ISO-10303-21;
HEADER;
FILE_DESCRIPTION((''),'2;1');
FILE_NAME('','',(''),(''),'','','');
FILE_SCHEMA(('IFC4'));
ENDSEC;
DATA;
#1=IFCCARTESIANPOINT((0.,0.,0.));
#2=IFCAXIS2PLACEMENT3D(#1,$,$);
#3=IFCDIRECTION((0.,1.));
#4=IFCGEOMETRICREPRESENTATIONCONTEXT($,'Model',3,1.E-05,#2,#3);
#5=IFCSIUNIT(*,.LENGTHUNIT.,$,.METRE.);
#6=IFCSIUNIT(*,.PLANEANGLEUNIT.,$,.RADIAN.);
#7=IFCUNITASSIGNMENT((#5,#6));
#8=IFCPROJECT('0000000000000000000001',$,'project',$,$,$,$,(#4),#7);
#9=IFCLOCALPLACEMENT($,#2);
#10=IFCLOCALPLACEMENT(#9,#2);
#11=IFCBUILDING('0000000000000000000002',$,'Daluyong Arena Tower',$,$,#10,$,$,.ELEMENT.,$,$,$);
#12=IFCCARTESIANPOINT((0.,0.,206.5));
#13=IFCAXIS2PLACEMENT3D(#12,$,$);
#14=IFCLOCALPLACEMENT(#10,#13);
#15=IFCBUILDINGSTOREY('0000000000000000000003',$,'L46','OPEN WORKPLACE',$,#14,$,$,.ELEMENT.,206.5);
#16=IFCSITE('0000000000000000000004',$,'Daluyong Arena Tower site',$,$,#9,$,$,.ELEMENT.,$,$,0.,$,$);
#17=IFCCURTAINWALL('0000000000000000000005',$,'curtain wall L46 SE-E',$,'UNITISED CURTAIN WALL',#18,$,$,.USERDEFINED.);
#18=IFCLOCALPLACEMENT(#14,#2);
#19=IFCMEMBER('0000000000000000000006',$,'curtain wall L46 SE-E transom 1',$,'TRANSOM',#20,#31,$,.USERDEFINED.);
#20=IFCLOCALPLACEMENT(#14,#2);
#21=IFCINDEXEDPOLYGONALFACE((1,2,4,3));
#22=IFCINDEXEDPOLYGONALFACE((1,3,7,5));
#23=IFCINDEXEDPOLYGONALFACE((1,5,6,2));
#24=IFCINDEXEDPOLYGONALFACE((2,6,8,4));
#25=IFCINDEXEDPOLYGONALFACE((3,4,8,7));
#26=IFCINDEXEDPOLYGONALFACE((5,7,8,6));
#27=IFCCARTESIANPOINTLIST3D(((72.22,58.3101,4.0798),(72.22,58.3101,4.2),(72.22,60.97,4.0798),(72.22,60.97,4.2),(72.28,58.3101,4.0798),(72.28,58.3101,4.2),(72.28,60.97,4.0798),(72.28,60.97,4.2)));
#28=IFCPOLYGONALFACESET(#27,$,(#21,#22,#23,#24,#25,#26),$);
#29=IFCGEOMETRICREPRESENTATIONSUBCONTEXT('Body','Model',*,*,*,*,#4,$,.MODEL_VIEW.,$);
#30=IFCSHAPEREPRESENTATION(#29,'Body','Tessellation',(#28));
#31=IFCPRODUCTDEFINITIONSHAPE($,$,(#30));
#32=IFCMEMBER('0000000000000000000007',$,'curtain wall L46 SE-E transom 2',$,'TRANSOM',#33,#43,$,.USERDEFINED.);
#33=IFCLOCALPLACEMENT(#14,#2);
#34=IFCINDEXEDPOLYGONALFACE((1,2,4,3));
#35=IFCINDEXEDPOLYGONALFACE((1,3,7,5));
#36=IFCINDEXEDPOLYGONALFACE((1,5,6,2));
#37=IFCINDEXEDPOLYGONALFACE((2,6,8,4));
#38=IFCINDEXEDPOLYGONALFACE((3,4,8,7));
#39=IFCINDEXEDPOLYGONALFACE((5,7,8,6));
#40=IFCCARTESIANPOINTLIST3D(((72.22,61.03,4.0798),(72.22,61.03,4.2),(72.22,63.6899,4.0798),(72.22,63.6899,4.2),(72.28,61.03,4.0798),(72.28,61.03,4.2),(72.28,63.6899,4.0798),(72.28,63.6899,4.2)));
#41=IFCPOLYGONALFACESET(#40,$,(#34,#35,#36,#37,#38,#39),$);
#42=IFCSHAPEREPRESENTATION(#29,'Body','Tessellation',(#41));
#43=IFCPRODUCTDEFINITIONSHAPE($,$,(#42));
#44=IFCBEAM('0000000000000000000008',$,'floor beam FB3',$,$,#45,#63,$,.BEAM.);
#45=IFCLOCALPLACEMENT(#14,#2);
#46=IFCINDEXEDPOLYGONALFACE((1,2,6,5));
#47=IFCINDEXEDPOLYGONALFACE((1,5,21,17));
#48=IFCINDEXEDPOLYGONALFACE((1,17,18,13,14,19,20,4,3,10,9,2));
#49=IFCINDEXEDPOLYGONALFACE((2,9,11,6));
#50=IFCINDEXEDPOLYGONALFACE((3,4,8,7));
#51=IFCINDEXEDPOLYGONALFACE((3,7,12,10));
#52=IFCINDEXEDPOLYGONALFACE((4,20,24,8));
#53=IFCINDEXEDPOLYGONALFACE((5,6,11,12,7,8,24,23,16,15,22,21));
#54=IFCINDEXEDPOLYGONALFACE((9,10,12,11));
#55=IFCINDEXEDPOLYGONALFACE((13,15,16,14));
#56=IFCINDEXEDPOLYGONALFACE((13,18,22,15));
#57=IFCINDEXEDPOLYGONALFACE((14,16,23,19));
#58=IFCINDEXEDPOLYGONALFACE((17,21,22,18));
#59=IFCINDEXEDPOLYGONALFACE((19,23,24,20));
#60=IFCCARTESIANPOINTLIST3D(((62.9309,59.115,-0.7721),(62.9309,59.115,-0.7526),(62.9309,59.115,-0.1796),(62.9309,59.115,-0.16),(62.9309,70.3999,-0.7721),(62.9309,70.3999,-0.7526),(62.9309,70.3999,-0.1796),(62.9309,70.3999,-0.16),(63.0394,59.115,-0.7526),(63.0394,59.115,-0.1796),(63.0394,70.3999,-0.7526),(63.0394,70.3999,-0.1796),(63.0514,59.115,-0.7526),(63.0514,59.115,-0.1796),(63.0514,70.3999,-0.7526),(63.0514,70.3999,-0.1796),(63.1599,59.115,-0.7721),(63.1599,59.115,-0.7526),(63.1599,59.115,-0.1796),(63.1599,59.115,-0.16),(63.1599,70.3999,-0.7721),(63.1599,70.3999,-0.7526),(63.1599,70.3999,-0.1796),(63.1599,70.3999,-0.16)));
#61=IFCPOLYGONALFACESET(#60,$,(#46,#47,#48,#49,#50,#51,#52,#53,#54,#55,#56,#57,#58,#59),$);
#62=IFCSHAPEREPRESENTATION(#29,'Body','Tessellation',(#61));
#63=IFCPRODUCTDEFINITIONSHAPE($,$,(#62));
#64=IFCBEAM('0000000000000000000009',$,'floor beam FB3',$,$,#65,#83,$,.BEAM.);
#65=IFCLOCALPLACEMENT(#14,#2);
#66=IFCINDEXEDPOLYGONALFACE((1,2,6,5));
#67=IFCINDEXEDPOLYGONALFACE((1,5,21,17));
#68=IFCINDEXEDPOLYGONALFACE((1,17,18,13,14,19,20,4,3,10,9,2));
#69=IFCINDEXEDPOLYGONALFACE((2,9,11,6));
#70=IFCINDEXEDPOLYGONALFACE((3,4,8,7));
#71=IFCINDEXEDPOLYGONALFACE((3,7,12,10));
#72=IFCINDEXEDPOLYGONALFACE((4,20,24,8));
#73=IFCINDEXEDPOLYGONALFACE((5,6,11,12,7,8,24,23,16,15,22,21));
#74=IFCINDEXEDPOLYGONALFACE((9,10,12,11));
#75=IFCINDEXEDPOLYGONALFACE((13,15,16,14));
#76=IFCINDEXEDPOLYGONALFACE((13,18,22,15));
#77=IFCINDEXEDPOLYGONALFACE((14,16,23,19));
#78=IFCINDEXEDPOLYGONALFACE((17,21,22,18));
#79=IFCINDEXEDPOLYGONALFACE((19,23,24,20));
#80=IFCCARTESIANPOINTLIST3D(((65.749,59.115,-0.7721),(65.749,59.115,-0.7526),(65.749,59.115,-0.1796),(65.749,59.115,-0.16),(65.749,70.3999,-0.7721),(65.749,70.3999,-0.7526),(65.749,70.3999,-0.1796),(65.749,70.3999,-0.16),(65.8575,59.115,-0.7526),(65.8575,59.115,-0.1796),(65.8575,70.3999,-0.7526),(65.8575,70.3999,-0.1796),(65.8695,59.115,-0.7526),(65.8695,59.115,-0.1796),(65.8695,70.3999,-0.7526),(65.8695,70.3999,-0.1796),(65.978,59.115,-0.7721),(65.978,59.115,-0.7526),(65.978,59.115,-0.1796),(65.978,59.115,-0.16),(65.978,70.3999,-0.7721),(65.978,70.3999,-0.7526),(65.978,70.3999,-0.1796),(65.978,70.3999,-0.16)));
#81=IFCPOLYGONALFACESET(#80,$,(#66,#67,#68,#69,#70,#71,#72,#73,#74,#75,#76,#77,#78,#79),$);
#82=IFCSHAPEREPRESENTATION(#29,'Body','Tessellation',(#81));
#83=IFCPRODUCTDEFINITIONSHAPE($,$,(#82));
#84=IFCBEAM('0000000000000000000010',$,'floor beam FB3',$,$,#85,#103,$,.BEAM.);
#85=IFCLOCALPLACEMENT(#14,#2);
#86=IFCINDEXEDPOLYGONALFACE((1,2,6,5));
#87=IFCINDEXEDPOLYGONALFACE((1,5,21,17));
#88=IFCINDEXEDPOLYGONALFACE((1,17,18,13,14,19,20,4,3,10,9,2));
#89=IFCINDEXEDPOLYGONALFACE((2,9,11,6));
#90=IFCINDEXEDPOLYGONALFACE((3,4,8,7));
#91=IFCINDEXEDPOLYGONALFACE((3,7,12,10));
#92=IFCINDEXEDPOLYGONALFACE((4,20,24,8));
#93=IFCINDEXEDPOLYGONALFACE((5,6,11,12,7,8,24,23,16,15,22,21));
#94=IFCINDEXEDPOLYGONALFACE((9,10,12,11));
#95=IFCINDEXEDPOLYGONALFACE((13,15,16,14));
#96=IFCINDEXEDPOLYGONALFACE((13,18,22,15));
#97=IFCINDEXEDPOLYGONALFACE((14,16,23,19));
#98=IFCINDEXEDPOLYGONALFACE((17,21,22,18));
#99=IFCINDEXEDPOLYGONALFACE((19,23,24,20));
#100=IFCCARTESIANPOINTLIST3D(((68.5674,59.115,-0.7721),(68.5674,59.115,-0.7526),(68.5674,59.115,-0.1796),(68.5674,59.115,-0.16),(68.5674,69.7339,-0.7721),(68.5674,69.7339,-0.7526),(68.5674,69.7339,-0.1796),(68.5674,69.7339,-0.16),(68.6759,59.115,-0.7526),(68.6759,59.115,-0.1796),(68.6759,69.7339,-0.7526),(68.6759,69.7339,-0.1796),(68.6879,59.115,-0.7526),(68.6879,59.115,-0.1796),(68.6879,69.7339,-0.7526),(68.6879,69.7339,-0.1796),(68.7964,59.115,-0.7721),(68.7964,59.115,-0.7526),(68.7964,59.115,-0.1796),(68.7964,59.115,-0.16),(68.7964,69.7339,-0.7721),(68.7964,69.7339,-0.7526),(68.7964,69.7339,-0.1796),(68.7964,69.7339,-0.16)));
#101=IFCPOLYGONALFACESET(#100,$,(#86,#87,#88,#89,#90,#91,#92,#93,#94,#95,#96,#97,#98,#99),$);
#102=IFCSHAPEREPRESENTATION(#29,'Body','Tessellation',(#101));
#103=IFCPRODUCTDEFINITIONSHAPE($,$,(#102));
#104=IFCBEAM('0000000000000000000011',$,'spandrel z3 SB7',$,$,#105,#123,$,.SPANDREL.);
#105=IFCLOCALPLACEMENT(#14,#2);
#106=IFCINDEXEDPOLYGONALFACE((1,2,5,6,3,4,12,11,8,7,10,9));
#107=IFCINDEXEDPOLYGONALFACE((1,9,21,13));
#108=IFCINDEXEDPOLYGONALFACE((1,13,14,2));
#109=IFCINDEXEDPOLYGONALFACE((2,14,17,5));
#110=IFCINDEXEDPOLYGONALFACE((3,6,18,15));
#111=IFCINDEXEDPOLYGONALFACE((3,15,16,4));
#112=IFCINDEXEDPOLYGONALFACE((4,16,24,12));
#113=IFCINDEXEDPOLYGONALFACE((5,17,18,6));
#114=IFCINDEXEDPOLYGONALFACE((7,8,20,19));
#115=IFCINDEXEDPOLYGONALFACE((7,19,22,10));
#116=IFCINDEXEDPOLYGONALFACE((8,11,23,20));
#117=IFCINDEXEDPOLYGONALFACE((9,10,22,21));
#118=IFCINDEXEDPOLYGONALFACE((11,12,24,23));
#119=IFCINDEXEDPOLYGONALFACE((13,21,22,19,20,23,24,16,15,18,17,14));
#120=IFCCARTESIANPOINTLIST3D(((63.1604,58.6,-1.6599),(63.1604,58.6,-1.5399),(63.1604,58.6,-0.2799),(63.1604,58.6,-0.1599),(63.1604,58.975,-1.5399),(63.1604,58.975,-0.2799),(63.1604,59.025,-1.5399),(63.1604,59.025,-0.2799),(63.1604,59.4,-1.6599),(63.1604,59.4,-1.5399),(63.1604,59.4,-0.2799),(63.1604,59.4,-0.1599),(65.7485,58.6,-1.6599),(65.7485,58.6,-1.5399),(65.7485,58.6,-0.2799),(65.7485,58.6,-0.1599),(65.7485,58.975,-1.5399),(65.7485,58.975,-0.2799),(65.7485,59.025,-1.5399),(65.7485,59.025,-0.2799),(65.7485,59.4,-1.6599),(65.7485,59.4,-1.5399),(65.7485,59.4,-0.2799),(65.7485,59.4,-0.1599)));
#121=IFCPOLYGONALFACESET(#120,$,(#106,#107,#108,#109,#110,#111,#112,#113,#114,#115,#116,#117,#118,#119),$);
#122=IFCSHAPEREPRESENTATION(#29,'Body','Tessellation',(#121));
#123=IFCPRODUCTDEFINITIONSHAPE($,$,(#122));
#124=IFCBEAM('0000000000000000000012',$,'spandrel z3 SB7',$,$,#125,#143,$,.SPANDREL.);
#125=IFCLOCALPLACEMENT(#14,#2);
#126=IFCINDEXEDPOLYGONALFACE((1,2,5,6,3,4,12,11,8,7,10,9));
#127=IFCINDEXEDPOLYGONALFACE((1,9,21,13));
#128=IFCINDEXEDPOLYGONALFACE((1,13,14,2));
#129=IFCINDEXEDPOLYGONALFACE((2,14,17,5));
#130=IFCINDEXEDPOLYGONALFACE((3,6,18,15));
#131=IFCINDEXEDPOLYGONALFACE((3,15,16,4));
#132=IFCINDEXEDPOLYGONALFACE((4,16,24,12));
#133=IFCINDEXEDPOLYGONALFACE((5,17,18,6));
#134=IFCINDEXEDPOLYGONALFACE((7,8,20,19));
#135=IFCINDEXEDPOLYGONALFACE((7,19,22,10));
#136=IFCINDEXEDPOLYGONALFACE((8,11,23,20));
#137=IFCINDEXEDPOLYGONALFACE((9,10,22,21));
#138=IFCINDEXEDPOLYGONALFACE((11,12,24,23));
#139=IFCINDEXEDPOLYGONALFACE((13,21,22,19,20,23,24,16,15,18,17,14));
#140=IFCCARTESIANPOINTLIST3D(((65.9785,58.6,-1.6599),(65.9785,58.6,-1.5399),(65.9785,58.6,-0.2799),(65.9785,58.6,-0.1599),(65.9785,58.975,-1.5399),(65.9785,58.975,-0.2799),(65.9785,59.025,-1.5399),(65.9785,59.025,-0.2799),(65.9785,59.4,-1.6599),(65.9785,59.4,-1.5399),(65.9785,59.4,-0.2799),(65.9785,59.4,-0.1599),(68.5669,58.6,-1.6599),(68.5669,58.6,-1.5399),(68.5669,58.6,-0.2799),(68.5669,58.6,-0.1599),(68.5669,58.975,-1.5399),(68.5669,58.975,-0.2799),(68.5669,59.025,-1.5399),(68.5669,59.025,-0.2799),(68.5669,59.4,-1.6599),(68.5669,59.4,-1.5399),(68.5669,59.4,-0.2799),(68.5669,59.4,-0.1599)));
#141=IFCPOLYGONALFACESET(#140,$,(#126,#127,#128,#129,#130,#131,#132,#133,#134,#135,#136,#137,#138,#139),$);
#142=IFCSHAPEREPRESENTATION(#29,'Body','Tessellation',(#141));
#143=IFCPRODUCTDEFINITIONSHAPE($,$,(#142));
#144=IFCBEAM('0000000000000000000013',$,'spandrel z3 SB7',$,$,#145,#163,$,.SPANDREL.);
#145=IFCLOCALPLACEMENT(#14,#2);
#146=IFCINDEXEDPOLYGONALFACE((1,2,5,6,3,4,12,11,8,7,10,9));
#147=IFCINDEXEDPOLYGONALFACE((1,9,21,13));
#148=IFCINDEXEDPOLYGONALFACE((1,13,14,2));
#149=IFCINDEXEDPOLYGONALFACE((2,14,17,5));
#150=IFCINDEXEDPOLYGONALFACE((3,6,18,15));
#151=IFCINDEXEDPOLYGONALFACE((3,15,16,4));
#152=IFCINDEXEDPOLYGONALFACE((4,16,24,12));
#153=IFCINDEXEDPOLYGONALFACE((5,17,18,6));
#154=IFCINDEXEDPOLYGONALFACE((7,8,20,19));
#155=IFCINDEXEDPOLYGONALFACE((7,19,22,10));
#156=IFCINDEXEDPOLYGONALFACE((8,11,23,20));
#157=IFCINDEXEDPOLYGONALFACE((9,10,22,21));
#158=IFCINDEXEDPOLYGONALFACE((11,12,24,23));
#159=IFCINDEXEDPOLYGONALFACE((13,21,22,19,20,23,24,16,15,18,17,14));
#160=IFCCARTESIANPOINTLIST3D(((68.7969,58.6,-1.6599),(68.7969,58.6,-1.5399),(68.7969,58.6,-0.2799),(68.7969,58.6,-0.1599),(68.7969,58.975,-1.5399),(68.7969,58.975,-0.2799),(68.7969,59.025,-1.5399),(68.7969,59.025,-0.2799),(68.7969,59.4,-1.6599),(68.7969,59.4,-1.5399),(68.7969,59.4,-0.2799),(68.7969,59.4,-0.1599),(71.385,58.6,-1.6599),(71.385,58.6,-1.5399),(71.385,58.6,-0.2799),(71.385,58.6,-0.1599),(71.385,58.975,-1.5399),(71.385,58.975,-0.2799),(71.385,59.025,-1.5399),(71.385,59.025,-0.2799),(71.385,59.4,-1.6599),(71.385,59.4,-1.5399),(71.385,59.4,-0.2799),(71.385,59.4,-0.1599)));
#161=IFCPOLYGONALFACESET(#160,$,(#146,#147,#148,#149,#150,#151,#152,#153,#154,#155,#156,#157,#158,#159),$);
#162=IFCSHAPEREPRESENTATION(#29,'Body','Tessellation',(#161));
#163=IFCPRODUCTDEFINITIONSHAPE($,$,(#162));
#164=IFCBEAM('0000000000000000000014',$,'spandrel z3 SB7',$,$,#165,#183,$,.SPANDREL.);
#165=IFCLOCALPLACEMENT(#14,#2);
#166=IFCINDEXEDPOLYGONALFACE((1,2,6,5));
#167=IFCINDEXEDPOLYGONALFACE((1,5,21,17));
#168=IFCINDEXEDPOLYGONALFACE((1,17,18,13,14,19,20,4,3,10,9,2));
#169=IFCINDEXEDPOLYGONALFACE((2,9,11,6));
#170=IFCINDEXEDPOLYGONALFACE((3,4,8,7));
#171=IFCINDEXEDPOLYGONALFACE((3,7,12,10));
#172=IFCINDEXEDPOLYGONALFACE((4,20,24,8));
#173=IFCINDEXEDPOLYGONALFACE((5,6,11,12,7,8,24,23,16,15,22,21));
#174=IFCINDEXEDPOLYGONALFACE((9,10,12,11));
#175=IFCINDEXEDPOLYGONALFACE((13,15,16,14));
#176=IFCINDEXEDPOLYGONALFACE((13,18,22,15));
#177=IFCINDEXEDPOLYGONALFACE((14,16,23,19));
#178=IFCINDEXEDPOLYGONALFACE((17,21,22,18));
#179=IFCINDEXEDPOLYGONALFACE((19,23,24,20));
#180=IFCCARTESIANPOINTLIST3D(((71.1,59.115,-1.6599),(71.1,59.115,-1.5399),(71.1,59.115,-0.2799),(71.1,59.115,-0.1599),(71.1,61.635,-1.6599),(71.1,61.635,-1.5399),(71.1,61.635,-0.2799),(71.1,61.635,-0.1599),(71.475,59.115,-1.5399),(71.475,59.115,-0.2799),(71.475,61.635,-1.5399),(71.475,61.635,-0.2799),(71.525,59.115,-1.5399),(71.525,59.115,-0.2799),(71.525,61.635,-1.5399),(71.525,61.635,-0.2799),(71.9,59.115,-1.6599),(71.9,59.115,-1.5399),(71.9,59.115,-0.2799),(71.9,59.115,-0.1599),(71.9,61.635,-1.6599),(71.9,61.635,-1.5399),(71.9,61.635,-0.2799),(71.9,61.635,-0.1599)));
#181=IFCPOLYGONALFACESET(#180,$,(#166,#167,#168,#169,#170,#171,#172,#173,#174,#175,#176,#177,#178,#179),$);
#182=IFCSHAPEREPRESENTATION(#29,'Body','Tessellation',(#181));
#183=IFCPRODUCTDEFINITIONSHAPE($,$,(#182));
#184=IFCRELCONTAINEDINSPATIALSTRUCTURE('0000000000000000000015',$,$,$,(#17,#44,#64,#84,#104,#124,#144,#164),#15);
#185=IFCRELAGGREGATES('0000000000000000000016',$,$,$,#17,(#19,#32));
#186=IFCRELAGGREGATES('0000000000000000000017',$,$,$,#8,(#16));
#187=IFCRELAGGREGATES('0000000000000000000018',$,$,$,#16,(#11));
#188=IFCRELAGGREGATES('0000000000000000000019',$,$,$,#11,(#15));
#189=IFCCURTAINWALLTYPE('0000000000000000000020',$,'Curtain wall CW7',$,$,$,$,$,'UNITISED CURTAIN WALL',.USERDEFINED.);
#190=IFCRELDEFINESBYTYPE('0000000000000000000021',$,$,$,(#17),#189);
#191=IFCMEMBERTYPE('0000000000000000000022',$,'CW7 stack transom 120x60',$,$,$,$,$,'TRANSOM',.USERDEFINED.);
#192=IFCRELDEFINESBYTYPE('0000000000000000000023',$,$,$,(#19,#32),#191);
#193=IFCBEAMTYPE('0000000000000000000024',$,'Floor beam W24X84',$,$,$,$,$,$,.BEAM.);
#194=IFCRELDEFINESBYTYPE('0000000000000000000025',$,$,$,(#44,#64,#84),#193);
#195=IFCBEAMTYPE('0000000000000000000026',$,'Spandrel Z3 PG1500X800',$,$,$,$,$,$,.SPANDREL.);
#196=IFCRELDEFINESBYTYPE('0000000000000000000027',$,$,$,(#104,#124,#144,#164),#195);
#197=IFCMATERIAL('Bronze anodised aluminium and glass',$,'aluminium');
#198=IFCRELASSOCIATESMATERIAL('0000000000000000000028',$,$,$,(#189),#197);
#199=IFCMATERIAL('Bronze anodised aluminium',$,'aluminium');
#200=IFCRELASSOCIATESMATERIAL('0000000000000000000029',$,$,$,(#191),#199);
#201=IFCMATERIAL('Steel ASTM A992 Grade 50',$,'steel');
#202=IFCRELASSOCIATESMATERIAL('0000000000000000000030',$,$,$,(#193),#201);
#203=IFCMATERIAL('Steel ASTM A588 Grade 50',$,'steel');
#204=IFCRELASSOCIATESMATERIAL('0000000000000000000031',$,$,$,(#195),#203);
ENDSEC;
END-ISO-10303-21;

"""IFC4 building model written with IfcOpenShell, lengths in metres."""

from ifc_helpers import new_model, si_unit, direction, frame, origin, origin_2d, place, context, subcontext, project, spatial, rectangle, i_section, extrude, material, material_profile, profile_set, type_object, element, aggregate, save


model = new_model("IFC4")

# Units and contexts
model_context = context("Model", 3, precision=1e-05, world=origin(), true_north=direction((0.0, 1.0)))
body_context = subcontext(model_context, "Body", "Model", "MODEL_VIEW")
ifc_project = project(units=[si_unit("LENGTHUNIT", "METRE"), si_unit("PLANEANGLEUNIT", "RADIAN")], contexts=[model_context])

# Site, building, storey
site_placement = place(None, origin())
site = spatial("IfcSite", under=ifc_project, at=site_placement, Name="Daluyong Arena Tower site", CompositionType="ELEMENT", RefElevation=0.0)
building_placement = place(site_placement, origin())
building = spatial("IfcBuilding", under=site, at=building_placement, Name="Daluyong Arena Tower", CompositionType="ELEMENT")
storey_placement = place(building_placement, frame((0.0, 0.0, 206.5)))
storey = spatial("IfcBuildingStorey", under=building, at=storey_placement, Name="L46", Description="OPEN WORKPLACE", CompositionType="ELEMENT", Elevation=206.5)

# Curtain wall, members
ifc_material_1 = material(Name="Bronze anodised aluminium and glass", Category="aluminium")
curtain_wall_type_1 = type_object("IfcCurtainWallType", Name="Curtain wall CW7", ElementType="UNITISED CURTAIN WALL", PredefinedType="USERDEFINED", material=ifc_material_1)
curtain_wall_1_placement = place(storey_placement, origin())
curtain_wall_1 = element("IfcCurtainWall", 1, at=curtain_wall_1_placement, inside=storey, type_object=curtain_wall_type_1, Name="curtain wall L46 SE-E", ObjectType="UNITISED CURTAIN WALL", PredefinedType="USERDEFINED")
ifc_material_2 = material(Name="Bronze anodised aluminium", Category="aluminium")
ifc_material_profile_1 = material_profile(ifc_material_2, rectangle(XDim=0.0601, YDim=0.1201, at=origin_2d()))
ifc_profile_set_1 = profile_set([ifc_material_profile_1], Name="Bronze anodised aluminium")
member_type_1 = type_object("IfcMemberType", Name="CW7 stack transom 120x60", ElementType="TRANSOM", PredefinedType="USERDEFINED", material=ifc_profile_set_1)
member_1_placement = place(storey_placement, frame((72.25, 58.3101, 4.1399), z_axis=(0.0, 1.0, 0.0), x_axis=(-1.0, 0.0, 0.0)))
member_1 = element("IfcMember", 2, at=member_1_placement, type_object=member_type_1, Name="curtain wall L46 SE-E transom 1", ObjectType="TRANSOM", PredefinedType="USERDEFINED", context=body_context, shape_type="SweptSolid", body=[
    extrude(rectangle(XDim=0.0601, YDim=0.1201, at=origin_2d()), origin(), (0.0, 0.0, 1.0), 2.6599),
])
member_2_placement = place(storey_placement, frame((72.25, 61.03, 4.1399), z_axis=(0.0, 1.0, 0.0), x_axis=(-1.0, 0.0, 0.0)))
member_2 = element("IfcMember", 3, at=member_2_placement, type_object=member_type_1, Name="curtain wall L46 SE-E transom 2", ObjectType="TRANSOM", PredefinedType="USERDEFINED", context=body_context, shape_type="SweptSolid", body=[
    extrude(rectangle(XDim=0.0601, YDim=0.1201, at=origin_2d()), origin(), (0.0, 0.0, 1.0), 2.6599),
])

# Beams
ifc_material_3 = material(Name="Steel ASTM A992 Grade 50", Category="steel")
ifc_material_profile_2 = material_profile(ifc_material_3, i_section(OverallWidth=0.229, OverallDepth=0.6121, WebThickness=0.012, FlangeThickness=0.0195, at=origin_2d()))
ifc_profile_set_2 = profile_set([ifc_material_profile_2], Name="Steel ASTM A992 Grade 50")
beam_type_1 = type_object("IfcBeamType", Name="Floor beam W24X84", PredefinedType="BEAM", material=ifc_profile_set_2)
for number, where, z_axis, x_axis, name in (
    (4, (63.0454, 59.115, -0.4661), (0.0, 1.0, 0.0), (-1.0, 0.0, 0.0), "floor beam FB3"),
    (5, (65.8635, 59.115, -0.4661), (0.0, 1.0, 0.0), (-1.0, 0.0, 0.0), "floor beam FB3"),
):
    element("IfcBeam", number, at=place(storey_placement, frame(where, z_axis=z_axis, x_axis=x_axis)), inside=storey, type_object=beam_type_1, Name=name, PredefinedType="BEAM", context=body_context, shape_type="SweptSolid", body=[
        extrude(i_section(OverallWidth=0.229, OverallDepth=0.6121, WebThickness=0.012, FlangeThickness=0.0195, at=origin_2d()), origin(), (0.0, 0.0, 1.0), 11.2849),
    ])
beam_1_placement = place(storey_placement, frame((68.6819, 59.115, -0.4661), z_axis=(0.0, 1.0, 0.0), x_axis=(-1.0, 0.0, 0.0)))
element("IfcBeam", 6, at=beam_1_placement, inside=storey, type_object=beam_type_1, Name="floor beam FB3", PredefinedType="BEAM", context=body_context, shape_type="SweptSolid", body=[
    extrude(i_section(OverallWidth=0.229, OverallDepth=0.6121, WebThickness=0.012, FlangeThickness=0.0195, at=origin_2d()), origin(), (0.0, 0.0, 1.0), 10.6189),
])
ifc_material_4 = material(Name="Steel ASTM A588 Grade 50", Category="steel")
ifc_material_profile_3 = material_profile(ifc_material_4, i_section(OverallWidth=0.8, OverallDepth=1.5, WebThickness=0.05, FlangeThickness=0.12, at=origin_2d()))
ifc_profile_set_3 = profile_set([ifc_material_profile_3], Name="Steel ASTM A588 Grade 50")
beam_type_2 = type_object("IfcBeamType", Name="Spandrel Z3 PG1500X800", PredefinedType="SPANDREL", material=ifc_profile_set_3)
beam_2_placement = place(storey_placement, frame((63.1604, 59.0, -0.9099), z_axis=(1.0, 0.0, 0.0), x_axis=(0.0, 1.0, 0.0)))
element("IfcBeam", 7, at=beam_2_placement, inside=storey, type_object=beam_type_2, Name="spandrel z3 SB7", PredefinedType="SPANDREL", context=body_context, shape_type="SweptSolid", body=[
    extrude(i_section(OverallWidth=0.8, OverallDepth=1.5, WebThickness=0.05, FlangeThickness=0.12, at=origin_2d()), origin(), (0.0, 0.0, 1.0), 2.5881),
])
beam_3_placement = place(storey_placement, frame((65.9785, 59.0, -0.9099), z_axis=(1.0, 0.0, 0.0), x_axis=(0.0, 1.0, 0.0)))
element("IfcBeam", 8, at=beam_3_placement, inside=storey, type_object=beam_type_2, Name="spandrel z3 SB7", PredefinedType="SPANDREL", context=body_context, shape_type="SweptSolid", body=[
    extrude(i_section(OverallWidth=0.8, OverallDepth=1.5, WebThickness=0.05, FlangeThickness=0.12, at=origin_2d()), origin(), (0.0, 0.0, 1.0), 2.5884),
])
beam_4_placement = place(storey_placement, frame((68.7969, 59.0, -0.9099), z_axis=(1.0, 0.0, 0.0), x_axis=(0.0, 1.0, 0.0)))
element("IfcBeam", 9, at=beam_4_placement, inside=storey, type_object=beam_type_2, Name="spandrel z3 SB7", PredefinedType="SPANDREL", context=body_context, shape_type="SweptSolid", body=[
    extrude(i_section(OverallWidth=0.8, OverallDepth=1.5, WebThickness=0.05, FlangeThickness=0.12, at=origin_2d()), origin(), (0.0, 0.0, 1.0), 2.5881),
])
for number, where, z_axis, x_axis, name in (
    (10, (71.5, 59.115, -0.9099), (0.0, 1.0, 0.0), (-1.0, 0.0, 0.0), "spandrel z3 SB7"),
):
    element("IfcBeam", number, at=place(storey_placement, frame(where, z_axis=z_axis, x_axis=x_axis)), inside=storey, type_object=beam_type_2, Name=name, PredefinedType="SPANDREL", context=body_context, shape_type="SweptSolid", body=[
        extrude(i_section(OverallWidth=0.8, OverallDepth=1.5, WebThickness=0.05, FlangeThickness=0.12, at=origin_2d()), origin(), (0.0, 0.0, 1.0), 2.52),
    ])

aggregate(curtain_wall_1, [member_1, member_2])

save(model, "model.ifc")
